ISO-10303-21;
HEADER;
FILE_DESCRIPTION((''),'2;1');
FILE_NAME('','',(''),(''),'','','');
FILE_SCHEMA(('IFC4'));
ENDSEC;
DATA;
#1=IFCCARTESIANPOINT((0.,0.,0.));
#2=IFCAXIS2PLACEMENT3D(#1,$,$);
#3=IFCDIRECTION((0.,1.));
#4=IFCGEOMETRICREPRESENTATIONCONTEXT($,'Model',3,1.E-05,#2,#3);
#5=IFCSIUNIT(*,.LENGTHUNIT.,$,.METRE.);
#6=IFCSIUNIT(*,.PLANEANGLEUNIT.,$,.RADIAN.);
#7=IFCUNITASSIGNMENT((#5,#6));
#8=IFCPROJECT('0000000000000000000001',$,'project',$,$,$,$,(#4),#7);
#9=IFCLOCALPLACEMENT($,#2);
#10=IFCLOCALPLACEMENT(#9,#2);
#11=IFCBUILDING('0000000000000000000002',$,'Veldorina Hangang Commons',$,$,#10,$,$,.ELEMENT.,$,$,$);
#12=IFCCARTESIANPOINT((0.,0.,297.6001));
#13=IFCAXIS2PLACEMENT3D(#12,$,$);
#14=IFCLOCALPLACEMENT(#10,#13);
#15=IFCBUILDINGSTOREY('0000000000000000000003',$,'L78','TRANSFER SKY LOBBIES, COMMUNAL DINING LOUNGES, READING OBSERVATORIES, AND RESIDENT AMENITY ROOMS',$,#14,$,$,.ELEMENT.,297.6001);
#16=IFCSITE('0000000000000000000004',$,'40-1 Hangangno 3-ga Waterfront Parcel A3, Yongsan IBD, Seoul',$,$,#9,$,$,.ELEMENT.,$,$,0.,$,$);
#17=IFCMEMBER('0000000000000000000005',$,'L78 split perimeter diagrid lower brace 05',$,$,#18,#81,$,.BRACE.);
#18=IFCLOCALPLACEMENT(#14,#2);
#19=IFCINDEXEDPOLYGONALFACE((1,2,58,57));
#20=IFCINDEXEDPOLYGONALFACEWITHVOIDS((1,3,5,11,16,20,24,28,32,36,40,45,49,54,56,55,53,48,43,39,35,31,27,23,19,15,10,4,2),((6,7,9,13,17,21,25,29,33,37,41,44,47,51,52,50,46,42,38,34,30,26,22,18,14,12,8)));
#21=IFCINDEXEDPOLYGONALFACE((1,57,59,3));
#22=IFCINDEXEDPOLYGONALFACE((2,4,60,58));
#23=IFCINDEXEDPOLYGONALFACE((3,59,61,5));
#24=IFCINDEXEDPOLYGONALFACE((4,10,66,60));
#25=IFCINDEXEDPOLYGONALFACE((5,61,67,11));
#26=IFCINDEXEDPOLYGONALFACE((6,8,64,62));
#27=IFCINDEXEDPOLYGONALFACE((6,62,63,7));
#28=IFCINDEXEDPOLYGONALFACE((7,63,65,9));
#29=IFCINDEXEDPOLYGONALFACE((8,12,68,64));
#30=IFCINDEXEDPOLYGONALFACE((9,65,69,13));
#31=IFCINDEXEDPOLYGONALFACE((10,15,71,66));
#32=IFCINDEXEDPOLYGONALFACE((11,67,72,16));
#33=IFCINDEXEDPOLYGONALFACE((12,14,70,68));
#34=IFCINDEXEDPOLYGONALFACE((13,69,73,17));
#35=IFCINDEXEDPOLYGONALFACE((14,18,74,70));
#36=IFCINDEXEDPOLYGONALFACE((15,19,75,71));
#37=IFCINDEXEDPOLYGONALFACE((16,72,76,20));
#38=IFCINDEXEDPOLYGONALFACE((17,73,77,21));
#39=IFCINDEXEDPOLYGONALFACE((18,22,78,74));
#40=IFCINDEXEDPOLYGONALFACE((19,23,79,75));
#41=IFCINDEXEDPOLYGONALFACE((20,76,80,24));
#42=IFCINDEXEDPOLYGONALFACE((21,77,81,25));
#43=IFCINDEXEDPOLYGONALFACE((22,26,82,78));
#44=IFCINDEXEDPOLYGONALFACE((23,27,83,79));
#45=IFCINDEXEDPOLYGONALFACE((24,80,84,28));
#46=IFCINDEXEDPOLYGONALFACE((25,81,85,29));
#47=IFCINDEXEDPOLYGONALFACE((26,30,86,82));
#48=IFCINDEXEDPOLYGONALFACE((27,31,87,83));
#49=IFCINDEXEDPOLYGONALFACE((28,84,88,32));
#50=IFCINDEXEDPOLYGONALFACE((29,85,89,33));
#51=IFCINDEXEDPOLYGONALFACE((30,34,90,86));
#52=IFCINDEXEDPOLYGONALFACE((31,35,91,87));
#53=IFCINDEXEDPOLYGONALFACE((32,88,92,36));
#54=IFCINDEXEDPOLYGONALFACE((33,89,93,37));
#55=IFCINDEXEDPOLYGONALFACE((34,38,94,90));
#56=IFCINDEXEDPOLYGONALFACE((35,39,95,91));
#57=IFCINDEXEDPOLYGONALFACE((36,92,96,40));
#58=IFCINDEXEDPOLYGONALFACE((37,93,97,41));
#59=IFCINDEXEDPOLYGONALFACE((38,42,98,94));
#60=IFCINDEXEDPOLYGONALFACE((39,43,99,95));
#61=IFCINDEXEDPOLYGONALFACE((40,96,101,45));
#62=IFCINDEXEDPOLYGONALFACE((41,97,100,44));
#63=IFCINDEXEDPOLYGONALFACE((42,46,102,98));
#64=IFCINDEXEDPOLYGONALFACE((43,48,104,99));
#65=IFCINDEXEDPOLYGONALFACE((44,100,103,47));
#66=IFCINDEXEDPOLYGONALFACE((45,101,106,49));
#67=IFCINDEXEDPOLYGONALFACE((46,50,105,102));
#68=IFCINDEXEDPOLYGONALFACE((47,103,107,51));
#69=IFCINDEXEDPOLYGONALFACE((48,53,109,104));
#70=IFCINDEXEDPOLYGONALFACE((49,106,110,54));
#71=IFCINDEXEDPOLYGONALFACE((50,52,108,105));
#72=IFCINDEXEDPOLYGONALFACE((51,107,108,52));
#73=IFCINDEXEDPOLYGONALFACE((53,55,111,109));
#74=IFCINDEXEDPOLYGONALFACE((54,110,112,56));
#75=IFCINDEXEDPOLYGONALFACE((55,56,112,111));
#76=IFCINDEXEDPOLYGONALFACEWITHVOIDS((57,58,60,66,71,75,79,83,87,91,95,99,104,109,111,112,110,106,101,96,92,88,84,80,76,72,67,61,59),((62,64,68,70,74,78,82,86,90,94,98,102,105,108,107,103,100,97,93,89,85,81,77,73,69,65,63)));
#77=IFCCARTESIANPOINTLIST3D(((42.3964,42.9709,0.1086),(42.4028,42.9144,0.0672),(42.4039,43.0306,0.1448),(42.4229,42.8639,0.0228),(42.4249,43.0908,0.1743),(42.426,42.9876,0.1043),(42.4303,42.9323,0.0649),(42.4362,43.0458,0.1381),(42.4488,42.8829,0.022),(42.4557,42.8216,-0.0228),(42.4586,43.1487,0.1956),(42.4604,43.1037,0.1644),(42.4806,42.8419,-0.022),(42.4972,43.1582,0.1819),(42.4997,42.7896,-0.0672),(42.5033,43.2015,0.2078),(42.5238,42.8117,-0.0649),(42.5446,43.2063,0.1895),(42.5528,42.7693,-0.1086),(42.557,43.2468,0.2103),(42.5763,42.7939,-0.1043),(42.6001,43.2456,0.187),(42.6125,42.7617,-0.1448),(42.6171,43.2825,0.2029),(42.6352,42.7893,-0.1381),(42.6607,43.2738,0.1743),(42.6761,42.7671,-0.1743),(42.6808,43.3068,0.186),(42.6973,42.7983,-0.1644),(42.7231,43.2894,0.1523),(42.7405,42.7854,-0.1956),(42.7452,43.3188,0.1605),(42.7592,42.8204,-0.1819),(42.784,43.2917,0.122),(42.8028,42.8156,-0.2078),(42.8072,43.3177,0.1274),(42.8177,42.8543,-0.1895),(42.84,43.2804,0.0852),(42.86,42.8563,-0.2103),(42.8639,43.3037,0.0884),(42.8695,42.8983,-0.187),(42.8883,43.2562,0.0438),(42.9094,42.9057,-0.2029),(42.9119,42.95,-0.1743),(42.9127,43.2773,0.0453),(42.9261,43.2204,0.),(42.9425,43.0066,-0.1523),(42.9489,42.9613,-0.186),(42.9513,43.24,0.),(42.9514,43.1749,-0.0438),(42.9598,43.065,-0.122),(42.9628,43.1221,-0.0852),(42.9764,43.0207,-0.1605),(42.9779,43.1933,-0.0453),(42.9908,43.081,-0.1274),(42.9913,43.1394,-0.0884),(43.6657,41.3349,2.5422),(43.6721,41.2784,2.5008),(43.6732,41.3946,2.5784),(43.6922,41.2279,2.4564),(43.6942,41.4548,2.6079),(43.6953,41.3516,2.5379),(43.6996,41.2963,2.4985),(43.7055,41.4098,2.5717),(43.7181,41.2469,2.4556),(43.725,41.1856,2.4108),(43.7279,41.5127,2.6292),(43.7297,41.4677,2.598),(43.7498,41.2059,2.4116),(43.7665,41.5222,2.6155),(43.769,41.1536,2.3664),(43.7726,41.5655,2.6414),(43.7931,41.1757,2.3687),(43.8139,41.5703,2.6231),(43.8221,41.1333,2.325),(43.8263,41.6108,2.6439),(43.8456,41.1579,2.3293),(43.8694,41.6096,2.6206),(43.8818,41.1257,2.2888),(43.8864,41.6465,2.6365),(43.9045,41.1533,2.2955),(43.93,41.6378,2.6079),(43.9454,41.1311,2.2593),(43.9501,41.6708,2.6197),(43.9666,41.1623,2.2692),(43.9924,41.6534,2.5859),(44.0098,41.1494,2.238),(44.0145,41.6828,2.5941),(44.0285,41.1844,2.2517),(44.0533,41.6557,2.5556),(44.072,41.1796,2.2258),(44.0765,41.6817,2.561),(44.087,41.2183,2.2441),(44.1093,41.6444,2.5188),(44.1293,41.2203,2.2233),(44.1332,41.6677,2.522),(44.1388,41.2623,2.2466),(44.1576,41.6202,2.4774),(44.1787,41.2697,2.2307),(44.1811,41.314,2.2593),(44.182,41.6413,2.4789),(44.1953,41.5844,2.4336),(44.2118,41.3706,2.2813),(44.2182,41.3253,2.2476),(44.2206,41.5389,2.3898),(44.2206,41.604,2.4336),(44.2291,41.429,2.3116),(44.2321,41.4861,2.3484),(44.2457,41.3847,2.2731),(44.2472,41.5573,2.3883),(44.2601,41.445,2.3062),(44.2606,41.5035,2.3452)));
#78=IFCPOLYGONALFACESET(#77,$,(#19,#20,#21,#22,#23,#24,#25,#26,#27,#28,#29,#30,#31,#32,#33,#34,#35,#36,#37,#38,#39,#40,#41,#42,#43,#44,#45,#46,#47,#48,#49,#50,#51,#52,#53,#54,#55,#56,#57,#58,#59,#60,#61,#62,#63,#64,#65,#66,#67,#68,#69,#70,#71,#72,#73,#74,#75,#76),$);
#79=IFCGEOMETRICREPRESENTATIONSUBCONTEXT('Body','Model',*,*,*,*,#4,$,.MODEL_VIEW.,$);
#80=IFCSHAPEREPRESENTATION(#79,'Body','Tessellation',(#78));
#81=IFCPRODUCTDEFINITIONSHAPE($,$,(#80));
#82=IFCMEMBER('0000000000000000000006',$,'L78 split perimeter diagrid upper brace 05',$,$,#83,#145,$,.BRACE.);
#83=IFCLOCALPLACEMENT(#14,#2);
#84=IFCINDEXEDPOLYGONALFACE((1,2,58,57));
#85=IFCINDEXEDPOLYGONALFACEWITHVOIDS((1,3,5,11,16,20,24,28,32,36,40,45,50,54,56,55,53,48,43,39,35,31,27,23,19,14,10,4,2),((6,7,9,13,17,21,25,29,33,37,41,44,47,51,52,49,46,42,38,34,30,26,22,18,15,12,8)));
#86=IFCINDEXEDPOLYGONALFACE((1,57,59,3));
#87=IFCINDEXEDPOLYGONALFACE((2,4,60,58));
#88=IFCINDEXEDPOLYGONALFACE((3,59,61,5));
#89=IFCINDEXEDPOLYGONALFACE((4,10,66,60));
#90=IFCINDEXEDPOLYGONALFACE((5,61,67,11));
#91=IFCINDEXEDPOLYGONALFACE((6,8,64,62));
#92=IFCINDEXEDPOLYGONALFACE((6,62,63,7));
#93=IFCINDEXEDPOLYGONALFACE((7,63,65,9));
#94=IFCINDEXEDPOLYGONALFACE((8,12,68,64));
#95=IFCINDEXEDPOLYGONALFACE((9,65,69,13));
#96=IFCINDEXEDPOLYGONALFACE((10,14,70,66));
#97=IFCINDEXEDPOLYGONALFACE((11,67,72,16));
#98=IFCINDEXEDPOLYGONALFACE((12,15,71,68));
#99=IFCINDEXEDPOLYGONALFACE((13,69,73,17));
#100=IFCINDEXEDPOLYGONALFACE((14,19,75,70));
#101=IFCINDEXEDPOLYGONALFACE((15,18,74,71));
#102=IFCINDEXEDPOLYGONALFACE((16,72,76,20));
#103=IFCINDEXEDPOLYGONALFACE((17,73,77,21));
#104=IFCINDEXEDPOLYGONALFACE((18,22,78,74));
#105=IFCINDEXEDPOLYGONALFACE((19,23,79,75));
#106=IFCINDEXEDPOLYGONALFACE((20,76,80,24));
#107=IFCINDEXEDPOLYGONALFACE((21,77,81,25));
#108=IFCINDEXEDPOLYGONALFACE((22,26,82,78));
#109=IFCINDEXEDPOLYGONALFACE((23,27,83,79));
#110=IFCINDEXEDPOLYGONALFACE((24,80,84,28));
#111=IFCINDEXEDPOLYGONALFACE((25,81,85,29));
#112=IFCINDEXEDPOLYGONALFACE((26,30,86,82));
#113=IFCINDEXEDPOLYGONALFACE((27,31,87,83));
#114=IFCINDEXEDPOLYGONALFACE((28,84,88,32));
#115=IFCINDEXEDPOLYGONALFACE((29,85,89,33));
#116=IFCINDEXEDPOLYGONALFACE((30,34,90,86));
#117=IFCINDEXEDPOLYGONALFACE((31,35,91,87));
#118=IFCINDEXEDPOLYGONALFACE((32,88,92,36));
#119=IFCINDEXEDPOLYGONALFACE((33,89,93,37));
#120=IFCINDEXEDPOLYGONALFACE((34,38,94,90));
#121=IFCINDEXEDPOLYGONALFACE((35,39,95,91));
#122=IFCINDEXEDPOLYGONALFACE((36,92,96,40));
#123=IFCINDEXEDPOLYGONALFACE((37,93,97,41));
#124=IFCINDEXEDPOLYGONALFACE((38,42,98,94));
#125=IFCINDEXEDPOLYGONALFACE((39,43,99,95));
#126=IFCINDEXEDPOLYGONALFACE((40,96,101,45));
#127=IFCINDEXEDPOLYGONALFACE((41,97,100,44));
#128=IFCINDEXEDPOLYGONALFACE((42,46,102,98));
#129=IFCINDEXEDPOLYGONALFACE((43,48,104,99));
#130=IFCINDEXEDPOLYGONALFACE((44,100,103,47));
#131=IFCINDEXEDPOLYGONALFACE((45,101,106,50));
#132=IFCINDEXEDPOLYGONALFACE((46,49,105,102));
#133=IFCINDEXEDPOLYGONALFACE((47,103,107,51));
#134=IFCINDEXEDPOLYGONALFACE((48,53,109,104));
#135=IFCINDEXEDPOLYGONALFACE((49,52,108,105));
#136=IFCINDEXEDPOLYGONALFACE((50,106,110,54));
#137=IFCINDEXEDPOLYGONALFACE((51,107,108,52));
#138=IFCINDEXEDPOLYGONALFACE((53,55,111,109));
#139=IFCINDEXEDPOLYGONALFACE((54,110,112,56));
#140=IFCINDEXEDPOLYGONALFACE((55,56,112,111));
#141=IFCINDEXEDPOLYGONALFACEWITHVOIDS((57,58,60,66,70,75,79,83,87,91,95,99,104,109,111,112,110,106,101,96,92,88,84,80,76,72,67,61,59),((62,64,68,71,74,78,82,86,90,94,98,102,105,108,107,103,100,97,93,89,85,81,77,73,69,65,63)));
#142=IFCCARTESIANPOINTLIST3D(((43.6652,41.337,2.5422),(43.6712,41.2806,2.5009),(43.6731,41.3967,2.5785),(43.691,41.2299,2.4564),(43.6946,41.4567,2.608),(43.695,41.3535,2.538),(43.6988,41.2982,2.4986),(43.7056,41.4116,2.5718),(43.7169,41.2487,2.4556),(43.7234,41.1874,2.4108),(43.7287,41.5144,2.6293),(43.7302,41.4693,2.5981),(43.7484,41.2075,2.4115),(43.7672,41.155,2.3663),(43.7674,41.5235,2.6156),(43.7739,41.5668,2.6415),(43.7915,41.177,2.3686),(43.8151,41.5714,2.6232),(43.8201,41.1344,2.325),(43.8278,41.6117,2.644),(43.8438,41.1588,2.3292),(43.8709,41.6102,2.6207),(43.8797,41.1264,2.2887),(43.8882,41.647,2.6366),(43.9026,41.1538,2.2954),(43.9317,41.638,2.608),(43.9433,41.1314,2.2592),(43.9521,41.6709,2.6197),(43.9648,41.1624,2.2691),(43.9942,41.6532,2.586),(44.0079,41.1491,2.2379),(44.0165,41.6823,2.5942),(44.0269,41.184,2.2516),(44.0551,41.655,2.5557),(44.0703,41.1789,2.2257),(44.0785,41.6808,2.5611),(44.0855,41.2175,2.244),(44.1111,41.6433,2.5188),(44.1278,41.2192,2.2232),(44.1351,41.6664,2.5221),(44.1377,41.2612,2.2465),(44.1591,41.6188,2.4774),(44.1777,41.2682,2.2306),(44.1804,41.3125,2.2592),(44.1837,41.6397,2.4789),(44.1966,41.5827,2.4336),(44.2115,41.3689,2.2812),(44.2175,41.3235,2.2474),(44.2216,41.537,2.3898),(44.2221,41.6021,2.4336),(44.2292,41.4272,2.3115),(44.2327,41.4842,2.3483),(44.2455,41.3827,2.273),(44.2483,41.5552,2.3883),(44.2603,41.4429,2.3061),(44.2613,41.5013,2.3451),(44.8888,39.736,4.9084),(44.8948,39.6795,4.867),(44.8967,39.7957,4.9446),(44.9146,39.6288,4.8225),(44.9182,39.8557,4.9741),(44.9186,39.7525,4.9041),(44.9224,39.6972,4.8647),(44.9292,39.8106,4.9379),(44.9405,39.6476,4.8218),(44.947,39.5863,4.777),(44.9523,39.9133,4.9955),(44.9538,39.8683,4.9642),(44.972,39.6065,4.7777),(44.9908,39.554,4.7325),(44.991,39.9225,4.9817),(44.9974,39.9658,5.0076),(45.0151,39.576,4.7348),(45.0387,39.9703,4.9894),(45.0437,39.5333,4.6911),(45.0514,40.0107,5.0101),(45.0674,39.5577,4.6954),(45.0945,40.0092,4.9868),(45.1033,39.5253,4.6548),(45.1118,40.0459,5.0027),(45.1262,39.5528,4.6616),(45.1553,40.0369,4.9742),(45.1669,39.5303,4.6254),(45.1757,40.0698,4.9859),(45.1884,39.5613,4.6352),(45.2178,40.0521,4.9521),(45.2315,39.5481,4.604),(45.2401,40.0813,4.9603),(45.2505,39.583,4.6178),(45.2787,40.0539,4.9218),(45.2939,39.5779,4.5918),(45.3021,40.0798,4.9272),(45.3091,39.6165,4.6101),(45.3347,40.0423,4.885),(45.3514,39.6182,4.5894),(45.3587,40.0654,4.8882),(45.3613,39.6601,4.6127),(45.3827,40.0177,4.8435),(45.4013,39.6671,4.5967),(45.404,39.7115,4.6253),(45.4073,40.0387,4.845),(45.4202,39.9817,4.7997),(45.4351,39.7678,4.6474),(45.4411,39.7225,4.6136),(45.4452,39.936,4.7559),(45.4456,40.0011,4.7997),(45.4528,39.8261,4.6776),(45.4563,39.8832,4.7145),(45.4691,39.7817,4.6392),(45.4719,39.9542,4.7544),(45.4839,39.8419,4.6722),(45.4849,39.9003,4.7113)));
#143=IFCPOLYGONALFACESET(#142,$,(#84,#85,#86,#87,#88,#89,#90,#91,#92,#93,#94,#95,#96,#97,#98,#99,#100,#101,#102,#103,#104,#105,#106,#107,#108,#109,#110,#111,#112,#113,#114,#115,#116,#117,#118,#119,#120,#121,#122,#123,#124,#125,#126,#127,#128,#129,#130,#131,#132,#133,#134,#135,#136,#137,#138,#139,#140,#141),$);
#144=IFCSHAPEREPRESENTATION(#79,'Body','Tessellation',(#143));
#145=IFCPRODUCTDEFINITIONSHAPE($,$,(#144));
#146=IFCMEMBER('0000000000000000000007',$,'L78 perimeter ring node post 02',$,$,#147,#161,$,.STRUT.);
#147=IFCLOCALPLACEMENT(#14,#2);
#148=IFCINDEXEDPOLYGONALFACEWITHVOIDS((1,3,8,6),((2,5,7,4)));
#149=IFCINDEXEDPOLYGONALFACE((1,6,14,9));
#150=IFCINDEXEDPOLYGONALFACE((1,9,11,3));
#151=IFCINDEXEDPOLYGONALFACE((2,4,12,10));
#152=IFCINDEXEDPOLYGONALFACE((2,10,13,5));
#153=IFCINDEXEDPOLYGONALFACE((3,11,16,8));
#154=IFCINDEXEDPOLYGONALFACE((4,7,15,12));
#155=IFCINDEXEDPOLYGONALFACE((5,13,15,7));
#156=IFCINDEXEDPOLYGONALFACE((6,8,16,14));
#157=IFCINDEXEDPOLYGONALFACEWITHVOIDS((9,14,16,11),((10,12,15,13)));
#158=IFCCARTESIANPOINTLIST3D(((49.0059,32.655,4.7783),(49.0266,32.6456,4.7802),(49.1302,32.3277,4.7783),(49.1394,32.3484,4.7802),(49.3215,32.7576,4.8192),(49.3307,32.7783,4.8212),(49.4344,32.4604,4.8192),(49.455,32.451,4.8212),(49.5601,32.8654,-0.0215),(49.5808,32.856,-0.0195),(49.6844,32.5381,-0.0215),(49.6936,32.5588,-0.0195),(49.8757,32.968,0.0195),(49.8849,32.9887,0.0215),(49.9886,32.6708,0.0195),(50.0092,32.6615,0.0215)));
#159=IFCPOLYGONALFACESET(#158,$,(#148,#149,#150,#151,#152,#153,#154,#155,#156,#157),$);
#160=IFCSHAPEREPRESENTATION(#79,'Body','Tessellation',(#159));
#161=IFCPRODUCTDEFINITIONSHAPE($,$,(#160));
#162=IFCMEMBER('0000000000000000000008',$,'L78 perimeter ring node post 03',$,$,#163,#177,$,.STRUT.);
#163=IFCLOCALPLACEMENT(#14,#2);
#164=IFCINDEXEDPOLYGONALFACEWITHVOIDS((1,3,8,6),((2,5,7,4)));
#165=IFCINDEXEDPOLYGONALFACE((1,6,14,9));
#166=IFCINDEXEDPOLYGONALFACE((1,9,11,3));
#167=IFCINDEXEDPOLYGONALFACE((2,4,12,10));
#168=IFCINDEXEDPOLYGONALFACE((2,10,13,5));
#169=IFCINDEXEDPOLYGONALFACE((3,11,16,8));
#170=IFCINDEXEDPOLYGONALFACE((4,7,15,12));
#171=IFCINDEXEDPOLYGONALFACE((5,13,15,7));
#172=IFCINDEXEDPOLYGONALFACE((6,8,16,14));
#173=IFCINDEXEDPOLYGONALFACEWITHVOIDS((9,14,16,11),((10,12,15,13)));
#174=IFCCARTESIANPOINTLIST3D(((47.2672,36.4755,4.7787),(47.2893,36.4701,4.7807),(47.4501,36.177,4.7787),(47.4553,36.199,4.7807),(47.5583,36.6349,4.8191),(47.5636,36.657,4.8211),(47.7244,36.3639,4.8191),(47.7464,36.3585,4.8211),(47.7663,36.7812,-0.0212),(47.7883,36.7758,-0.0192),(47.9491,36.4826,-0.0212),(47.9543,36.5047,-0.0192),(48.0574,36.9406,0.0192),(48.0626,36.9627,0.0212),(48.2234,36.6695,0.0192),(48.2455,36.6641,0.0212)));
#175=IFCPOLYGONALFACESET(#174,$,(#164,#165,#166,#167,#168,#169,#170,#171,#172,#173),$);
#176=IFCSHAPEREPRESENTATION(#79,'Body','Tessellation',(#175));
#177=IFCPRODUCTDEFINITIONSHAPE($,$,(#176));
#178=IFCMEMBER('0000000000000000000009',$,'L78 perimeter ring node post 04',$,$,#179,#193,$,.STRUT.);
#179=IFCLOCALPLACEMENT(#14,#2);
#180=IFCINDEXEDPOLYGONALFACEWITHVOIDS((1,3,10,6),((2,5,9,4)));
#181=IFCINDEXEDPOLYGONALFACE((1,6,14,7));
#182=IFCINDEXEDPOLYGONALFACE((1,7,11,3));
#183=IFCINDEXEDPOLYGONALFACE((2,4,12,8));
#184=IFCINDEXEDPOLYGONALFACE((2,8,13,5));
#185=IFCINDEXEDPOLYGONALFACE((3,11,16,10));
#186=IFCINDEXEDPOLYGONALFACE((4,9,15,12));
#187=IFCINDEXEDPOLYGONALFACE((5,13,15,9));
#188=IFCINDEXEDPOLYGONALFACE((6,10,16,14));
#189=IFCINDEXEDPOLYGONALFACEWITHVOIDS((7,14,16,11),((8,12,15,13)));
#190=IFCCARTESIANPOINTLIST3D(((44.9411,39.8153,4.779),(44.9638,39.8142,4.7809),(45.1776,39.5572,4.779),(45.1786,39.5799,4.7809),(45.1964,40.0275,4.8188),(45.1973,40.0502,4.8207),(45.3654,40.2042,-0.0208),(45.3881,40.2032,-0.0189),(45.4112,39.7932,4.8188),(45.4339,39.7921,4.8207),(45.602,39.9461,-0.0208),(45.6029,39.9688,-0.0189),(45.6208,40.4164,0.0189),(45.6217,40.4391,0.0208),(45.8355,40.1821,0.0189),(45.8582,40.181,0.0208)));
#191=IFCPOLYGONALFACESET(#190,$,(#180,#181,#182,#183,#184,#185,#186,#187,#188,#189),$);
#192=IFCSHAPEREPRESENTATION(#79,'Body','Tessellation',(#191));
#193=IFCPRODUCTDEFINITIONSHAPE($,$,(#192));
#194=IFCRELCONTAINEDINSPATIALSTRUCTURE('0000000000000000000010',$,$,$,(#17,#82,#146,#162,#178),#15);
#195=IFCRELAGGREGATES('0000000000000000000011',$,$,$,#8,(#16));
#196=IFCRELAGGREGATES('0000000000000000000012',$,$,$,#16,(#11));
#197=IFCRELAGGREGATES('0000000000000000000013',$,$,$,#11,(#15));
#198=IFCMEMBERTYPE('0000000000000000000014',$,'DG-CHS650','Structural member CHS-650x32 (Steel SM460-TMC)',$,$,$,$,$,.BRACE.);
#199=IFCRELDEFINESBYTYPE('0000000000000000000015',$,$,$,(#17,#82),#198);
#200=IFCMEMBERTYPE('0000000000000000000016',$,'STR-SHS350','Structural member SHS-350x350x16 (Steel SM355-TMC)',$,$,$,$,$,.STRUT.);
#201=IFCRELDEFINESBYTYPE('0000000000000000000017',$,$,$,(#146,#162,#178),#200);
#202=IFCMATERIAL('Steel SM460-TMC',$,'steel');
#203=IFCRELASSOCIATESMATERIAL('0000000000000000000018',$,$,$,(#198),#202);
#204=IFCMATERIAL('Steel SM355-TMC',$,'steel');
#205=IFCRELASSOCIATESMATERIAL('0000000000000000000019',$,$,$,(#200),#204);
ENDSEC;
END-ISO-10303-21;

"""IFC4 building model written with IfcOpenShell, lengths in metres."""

from ifc_helpers import new_model, si_unit, direction, frame, origin, origin_2d, place, context, subcontext, project, spatial, hollow_rectangle, hollow_circle, extrude, material, material_profile, profile_set, type_object, element, save


model = new_model("IFC4")

# Units and contexts
model_context = context("Model", 3, precision=1e-05, world=origin(), true_north=direction((0.0, 1.0)))
body_context = subcontext(model_context, "Body", "Model", "MODEL_VIEW")
ifc_project = project(units=[si_unit("LENGTHUNIT", "METRE"), si_unit("PLANEANGLEUNIT", "RADIAN")], contexts=[model_context])

# Site, building, storey
site_placement = place(None, origin())
site = spatial("IfcSite", under=ifc_project, at=site_placement, Name="40-1 Hangangno 3-ga Waterfront Parcel A3, Yongsan IBD, Seoul", CompositionType="ELEMENT", RefElevation=0.0)
building_placement = place(site_placement, origin())
building = spatial("IfcBuilding", under=site, at=building_placement, Name="Veldorina Hangang Commons", CompositionType="ELEMENT")
storey_placement = place(building_placement, frame((0.0, 0.0, 297.6001)))
storey = spatial("IfcBuildingStorey", under=building, at=storey_placement, Name="L78", Description="TRANSFER SKY LOBBIES, COMMUNAL DINING LOUNGES, READING OBSERVATORIES, AND RESIDENT AMENITY ROOMS", CompositionType="ELEMENT", Elevation=297.6001)

# Shared definitions
ifc_material_1 = material(Name="Steel SM460-TMC", Category="steel")

# Members
ifc_material_profile_1 = material_profile(ifc_material_1, hollow_circle(Radius=0.325, WallThickness=0.032, at=origin_2d()), Name="CHS-650x32")
ifc_profile_set_1 = profile_set([ifc_material_profile_1], Name="Steel SM460-TMC")
member_type_1 = type_object("IfcMemberType", Name="DG-CHS650", Description="Structural member CHS-650x32 (Steel SM460-TMC)", PredefinedType="BRACE", material=ifc_profile_set_1)
member_1_placement = place(storey_placement, frame((42.6946, 43.0408, 0.0), z_axis=(0.397236, -0.511998, 0.761618), x_axis=(0.790088, 0.612993, 0.0)))
element("IfcMember", 1, at=member_1_placement, inside=storey, type_object=member_type_1, Name="L78 split perimeter diagrid lower brace 05", PredefinedType="BRACE", context=body_context, shape_type="SweptSolid", body=[
    extrude(hollow_circle(Radius=0.325, WallThickness=0.032, at=origin_2d()), origin(), (0.0, 0.0, 1.0), 3.1953),
])
member_2_placement = place(storey_placement, frame((43.9639, 41.4048, 2.4336), z_axis=(0.393704, -0.515146, 0.761329), x_axis=(0.79453, 0.607225, 0.0)))
element("IfcMember", 2, at=member_2_placement, inside=storey, type_object=member_type_1, Name="L78 split perimeter diagrid upper brace 05", PredefinedType="BRACE", context=body_context, shape_type="SweptSolid", body=[
    extrude(hollow_circle(Radius=0.325, WallThickness=0.032, at=origin_2d()), origin(), (0.0, 0.0, 1.0), 3.1079),
])
ifc_material_2 = material(Name="Steel SM355-TMC", Category="steel")
ifc_material_profile_2 = material_profile(ifc_material_2, hollow_rectangle(XDim=0.3501, YDim=0.3501, WallThickness=0.0161, at=origin_2d()), Name="SHS-350x350x16")
ifc_profile_set_2 = profile_set([ifc_material_profile_2], Name="Steel SM355-TMC")
member_type_2 = type_object("IfcMemberType", Name="STR-SHS350", Description="Structural member SHS-350x350x16 (Steel SM355-TMC)", PredefinedType="STRUT", material=ifc_profile_set_2)
member_3_placement = place(storey_placement, frame((49.7847, 32.7634, 0.0), z_axis=(-0.114592, -0.043515, 0.992459), x_axis=(0.355002, -0.934866, 0.0)))
element("IfcMember", 3, at=member_3_placement, inside=storey, type_object=member_type_2, Name="L78 perimeter ring node post 02", PredefinedType="STRUT", context=body_context, shape_type="SweptSolid", body=[
    extrude(hollow_rectangle(XDim=0.3501, YDim=0.3501, WallThickness=0.0161, at=origin_2d()), origin(), (0.0, 0.0, 1.0), 4.8362),
])
member_4_placement = place(storey_placement, frame((48.0059, 36.7227, 0.0), z_axis=(-0.103203, -0.063215, 0.992649), x_axis=(0.522327, -0.852745, 0.0)))
element("IfcMember", 4, at=member_4_placement, inside=storey, type_object=member_type_2, Name="L78 perimeter ring node post 03", PredefinedType="STRUT", context=body_context, shape_type="SweptSolid", body=[
    extrude(hollow_rectangle(XDim=0.3501, YDim=0.3501, WallThickness=0.0161, at=origin_2d()), origin(), (0.0, 0.0, 1.0), 4.8354),
])
member_5_placement = place(storey_placement, frame((45.6118, 40.1926, 0.0), z_axis=(-0.087774, -0.080451, 0.992886), x_axis=(0.675686, -0.737189, 0.0)))
element("IfcMember", 5, at=member_5_placement, inside=storey, type_object=member_type_2, Name="L78 perimeter ring node post 04", PredefinedType="STRUT", context=body_context, shape_type="SweptSolid", body=[
    extrude(hollow_rectangle(XDim=0.3501, YDim=0.3501, WallThickness=0.0161, at=origin_2d()), origin(), (0.0, 0.0, 1.0), 4.8342),
])

save(model, "model.ifc")
